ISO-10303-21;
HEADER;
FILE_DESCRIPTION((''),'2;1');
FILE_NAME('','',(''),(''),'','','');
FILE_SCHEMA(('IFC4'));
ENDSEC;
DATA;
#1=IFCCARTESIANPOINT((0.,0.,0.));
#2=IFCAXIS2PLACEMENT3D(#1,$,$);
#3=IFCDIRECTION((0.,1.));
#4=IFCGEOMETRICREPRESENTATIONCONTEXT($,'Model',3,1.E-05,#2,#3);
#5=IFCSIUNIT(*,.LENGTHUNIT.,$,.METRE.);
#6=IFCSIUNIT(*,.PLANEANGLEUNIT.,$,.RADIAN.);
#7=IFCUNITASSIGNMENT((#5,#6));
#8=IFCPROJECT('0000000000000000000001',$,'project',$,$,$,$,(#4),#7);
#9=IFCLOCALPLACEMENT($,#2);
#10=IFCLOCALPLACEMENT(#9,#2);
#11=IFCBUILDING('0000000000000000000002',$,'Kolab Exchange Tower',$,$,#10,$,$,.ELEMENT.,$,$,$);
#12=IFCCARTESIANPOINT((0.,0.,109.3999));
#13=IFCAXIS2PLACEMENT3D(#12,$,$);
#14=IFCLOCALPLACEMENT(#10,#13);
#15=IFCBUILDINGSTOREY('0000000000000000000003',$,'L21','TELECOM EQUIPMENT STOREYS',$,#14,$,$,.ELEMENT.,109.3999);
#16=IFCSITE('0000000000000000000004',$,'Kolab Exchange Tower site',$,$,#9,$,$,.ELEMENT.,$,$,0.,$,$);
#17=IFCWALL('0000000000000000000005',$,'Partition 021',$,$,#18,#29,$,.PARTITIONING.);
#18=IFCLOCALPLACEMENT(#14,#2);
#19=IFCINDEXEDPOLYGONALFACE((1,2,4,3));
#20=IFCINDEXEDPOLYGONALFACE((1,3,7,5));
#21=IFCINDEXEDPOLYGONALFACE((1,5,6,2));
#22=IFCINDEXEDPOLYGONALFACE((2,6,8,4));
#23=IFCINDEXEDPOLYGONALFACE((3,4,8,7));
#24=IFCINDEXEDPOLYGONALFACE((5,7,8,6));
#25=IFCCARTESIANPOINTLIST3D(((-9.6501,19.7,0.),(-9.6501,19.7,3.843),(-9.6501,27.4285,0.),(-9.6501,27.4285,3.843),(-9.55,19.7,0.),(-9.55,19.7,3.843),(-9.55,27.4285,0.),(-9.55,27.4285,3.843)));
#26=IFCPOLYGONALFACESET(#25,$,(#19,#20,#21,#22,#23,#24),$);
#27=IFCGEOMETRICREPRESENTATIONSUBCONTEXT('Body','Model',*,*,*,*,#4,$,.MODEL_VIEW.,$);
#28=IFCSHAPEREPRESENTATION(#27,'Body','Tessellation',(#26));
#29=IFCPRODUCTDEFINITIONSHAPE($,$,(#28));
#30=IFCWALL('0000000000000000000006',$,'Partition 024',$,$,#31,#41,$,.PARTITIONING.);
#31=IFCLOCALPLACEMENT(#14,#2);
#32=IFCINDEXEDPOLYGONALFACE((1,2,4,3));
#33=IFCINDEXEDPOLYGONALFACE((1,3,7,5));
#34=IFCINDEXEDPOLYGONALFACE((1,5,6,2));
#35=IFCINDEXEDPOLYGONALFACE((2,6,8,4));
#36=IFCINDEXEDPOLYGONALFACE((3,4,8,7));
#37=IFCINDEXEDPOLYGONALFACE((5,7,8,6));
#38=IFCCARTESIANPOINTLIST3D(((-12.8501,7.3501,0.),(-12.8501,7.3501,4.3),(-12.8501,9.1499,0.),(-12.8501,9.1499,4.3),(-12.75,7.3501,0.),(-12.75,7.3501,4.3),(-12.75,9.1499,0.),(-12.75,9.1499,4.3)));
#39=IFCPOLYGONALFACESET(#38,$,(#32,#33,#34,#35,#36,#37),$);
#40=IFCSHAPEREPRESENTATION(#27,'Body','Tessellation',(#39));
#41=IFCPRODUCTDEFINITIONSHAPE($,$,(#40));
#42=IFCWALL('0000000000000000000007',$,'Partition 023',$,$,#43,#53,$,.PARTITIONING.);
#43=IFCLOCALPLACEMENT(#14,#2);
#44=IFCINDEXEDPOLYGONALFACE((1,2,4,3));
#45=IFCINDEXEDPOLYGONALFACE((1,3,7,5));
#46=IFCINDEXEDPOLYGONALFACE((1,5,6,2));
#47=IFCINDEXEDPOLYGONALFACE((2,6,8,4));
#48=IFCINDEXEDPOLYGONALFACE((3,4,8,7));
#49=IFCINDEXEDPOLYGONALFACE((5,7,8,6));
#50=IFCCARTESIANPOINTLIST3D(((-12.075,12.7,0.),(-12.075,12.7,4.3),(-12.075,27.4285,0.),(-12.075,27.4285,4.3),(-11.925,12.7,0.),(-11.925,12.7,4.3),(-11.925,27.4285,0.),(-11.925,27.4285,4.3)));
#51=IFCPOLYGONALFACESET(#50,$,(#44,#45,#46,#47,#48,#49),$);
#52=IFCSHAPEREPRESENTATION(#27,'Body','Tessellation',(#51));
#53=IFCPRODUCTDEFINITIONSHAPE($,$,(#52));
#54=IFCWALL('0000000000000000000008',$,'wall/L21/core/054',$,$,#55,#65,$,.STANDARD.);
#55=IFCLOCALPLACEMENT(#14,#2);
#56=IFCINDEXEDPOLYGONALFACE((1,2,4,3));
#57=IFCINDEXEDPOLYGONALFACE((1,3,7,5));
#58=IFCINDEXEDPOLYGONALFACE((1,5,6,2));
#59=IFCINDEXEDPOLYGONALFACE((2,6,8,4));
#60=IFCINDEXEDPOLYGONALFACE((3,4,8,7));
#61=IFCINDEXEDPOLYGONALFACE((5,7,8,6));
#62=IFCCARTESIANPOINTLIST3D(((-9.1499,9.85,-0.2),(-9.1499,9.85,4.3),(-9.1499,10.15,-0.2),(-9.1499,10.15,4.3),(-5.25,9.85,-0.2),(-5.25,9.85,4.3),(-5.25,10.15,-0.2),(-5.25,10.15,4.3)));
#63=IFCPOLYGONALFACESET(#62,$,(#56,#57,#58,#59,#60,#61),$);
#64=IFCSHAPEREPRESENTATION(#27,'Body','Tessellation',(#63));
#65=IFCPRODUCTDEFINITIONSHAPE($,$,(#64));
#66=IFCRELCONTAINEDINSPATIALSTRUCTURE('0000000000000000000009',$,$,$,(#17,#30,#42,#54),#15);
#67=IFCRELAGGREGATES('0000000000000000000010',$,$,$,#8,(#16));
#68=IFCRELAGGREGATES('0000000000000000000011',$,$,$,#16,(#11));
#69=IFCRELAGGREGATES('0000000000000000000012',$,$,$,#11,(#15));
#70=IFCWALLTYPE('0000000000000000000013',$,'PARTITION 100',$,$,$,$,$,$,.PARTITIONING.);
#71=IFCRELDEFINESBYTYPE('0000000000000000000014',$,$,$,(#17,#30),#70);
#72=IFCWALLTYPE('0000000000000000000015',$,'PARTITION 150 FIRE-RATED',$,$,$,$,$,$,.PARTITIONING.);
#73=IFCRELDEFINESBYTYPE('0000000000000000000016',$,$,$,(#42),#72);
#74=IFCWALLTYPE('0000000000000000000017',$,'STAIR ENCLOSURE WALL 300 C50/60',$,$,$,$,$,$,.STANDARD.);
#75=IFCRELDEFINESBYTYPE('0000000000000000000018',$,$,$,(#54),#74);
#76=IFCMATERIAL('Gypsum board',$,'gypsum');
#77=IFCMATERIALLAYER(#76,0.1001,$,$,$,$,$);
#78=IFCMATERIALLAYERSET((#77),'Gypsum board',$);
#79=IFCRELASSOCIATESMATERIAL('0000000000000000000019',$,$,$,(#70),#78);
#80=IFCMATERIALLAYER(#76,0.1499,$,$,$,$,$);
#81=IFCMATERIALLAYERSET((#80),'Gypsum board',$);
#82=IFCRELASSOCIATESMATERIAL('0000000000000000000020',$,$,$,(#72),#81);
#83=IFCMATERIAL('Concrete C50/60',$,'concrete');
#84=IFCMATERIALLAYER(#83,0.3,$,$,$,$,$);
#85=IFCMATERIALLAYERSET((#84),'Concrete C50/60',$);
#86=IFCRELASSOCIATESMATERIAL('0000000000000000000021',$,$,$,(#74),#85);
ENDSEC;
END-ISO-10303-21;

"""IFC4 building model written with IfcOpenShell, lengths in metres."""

from ifc_helpers import new_model, si_unit, direction, frame, frame_2d, origin, place, context, subcontext, project, spatial, rectangle, extrude, material, layer, layer_set, type_object, element, save


model = new_model("IFC4")

# Units and contexts
model_context = context("Model", 3, precision=1e-05, world=origin(), true_north=direction((0.0, 1.0)))
body_context = subcontext(model_context, "Body", "Model", "MODEL_VIEW")
ifc_project = project(units=[si_unit("LENGTHUNIT", "METRE"), si_unit("PLANEANGLEUNIT", "RADIAN")], contexts=[model_context])

# Site, building, storey
site_placement = place(None, origin())
site = spatial("IfcSite", under=ifc_project, at=site_placement, Name="Kolab Exchange Tower site", CompositionType="ELEMENT", RefElevation=0.0)
building_placement = place(site_placement, origin())
building = spatial("IfcBuilding", under=site, at=building_placement, Name="Kolab Exchange Tower", CompositionType="ELEMENT")
storey_placement = place(building_placement, frame((0.0, 0.0, 109.3999)))
storey = spatial("IfcBuildingStorey", under=building, at=storey_placement, Name="L21", Description="TELECOM EQUIPMENT STOREYS", CompositionType="ELEMENT", Elevation=109.3999)

# Walls
ifc_material_1 = material(Name="Gypsum board", Category="gypsum")
ifc_layer_1 = layer(ifc_material_1, 0.1001)
ifc_layer_set_1 = layer_set([ifc_layer_1], Name="Gypsum board")
wall_type_1 = type_object("IfcWallType", Name="PARTITION 100", PredefinedType="PARTITIONING", material=ifc_layer_set_1)
wall_1_placement = place(storey_placement, frame((-9.6001, 19.7, 0.0), z_axis=(0.0, 0.0, 1.0), x_axis=(0.0, 1.0, 0.0)))
element("IfcWall", 1, at=wall_1_placement, inside=storey, type_object=wall_type_1, Name="Partition 021", PredefinedType="PARTITIONING", context=body_context, shape_type="SweptSolid", body=[
    extrude(rectangle(XDim=7.7285, YDim=0.1001, at=frame_2d((3.8643, 0.0))), origin(), (0.0, 0.0, 1.0), 3.843),
])
wall_2_placement = place(storey_placement, frame((-12.8, 7.3501, 0.0), z_axis=(0.0, 0.0, 1.0), x_axis=(0.0, 1.0, 0.0)))
element("IfcWall", 2, at=wall_2_placement, inside=storey, type_object=wall_type_1, Name="Partition 024", PredefinedType="PARTITIONING", context=body_context, shape_type="SweptSolid", body=[
    extrude(rectangle(XDim=1.7998, YDim=0.1001, at=frame_2d((0.8999, 0.0))), origin(), (0.0, 0.0, 1.0), 4.3),
])
ifc_layer_2 = layer(ifc_material_1, 0.1499)
ifc_layer_set_2 = layer_set([ifc_layer_2], Name="Gypsum board")
wall_type_2 = type_object("IfcWallType", Name="PARTITION 150 FIRE-RATED", PredefinedType="PARTITIONING", material=ifc_layer_set_2)
wall_3_placement = place(storey_placement, frame((-12.0, 12.7, 0.0), z_axis=(0.0, 0.0, 1.0), x_axis=(0.0, 1.0, 0.0)))
element("IfcWall", 3, at=wall_3_placement, inside=storey, type_object=wall_type_2, Name="Partition 023", PredefinedType="PARTITIONING", context=body_context, shape_type="SweptSolid", body=[
    extrude(rectangle(XDim=14.7285, YDim=0.1499, at=frame_2d((7.3643, 0.0))), origin(), (0.0, 0.0, 1.0), 4.3),
])
ifc_material_2 = material(Name="Concrete C50/60", Category="concrete")
ifc_layer_3 = layer(ifc_material_2, 0.3)
ifc_layer_set_3 = layer_set([ifc_layer_3], Name="Concrete C50/60")
wall_type_3 = type_object("IfcWallType", Name="STAIR ENCLOSURE WALL 300 C50/60", PredefinedType="STANDARD", material=ifc_layer_set_3)
wall_4_placement = place(storey_placement, frame((-9.1499, 10.0, -0.2), z_axis=(0.0, 0.0, 1.0), x_axis=(1.0, 0.0, 0.0)))
element("IfcWall", 4, at=wall_4_placement, inside=storey, type_object=wall_type_3, Name="wall/L21/core/054", PredefinedType="STANDARD", context=body_context, shape_type="SweptSolid", body=[
    extrude(rectangle(XDim=3.8999, YDim=0.3, at=frame_2d((1.95, 0.0))), origin(), (0.0, 0.0, 1.0), 4.5),
])

save(model, "model.ifc")
